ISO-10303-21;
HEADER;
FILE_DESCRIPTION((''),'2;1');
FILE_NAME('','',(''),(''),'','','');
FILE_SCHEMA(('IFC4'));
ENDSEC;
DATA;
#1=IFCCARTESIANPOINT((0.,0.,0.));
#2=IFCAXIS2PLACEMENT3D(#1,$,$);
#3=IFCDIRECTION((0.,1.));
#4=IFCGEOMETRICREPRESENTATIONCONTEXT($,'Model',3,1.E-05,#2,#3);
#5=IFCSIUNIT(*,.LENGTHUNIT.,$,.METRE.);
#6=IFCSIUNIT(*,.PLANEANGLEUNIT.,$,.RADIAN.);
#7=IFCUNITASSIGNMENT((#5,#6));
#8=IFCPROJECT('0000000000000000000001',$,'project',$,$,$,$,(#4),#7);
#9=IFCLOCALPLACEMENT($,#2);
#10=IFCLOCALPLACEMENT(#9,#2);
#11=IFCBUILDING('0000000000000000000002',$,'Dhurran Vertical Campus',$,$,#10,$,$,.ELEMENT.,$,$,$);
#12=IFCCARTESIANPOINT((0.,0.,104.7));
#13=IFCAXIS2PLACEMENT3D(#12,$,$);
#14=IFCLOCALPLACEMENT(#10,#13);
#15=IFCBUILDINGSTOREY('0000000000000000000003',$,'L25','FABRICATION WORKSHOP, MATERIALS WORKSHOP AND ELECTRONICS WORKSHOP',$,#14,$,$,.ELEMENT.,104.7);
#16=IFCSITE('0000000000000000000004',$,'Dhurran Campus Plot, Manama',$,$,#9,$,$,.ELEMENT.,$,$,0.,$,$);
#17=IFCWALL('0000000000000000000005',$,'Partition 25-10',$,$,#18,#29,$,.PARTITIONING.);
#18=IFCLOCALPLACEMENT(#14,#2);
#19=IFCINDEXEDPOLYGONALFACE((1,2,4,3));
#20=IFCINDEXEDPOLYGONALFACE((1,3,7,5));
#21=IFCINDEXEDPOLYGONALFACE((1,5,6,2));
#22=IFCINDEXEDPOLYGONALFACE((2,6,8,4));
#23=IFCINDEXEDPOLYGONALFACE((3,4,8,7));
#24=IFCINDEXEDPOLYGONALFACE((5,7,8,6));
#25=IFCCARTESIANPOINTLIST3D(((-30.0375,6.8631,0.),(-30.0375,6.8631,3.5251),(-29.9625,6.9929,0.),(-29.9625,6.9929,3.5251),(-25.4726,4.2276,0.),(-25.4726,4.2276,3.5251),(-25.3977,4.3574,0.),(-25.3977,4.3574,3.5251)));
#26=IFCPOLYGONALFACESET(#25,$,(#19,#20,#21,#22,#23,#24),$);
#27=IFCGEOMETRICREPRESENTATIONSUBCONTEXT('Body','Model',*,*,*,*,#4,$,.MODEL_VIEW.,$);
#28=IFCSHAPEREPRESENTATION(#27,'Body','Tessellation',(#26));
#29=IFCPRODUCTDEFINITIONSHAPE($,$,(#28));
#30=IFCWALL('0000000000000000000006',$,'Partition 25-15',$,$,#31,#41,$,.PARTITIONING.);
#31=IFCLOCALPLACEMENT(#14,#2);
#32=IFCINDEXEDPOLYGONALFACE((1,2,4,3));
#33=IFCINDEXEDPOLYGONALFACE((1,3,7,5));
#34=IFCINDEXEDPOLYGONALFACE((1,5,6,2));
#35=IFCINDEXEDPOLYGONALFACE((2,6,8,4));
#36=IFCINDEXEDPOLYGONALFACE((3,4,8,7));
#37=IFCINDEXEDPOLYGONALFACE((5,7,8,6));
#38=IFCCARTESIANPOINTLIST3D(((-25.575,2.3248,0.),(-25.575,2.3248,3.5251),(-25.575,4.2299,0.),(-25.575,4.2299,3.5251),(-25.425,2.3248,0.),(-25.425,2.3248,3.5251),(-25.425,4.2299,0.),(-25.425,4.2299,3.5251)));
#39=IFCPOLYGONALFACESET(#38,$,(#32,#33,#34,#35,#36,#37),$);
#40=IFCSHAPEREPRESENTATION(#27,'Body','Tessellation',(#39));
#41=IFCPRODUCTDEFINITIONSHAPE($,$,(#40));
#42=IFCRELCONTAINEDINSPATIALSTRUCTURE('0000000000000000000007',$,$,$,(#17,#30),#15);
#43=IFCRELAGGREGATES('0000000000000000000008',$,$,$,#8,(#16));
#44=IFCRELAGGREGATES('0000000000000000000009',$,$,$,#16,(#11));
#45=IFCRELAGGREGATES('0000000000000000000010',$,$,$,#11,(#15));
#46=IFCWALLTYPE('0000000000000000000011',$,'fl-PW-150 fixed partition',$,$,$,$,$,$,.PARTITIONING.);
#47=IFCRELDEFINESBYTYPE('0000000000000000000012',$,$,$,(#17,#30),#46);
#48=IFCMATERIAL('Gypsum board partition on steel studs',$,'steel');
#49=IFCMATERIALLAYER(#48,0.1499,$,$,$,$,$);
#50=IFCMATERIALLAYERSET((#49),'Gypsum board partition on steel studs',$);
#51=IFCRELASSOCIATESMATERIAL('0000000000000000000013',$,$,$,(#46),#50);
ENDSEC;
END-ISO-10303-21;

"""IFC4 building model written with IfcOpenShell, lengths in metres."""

from ifc_helpers import new_model, si_unit, direction, frame, frame_2d, origin, place, context, subcontext, project, spatial, rectangle, extrude, material, layer, layer_set, type_object, element, save


model = new_model("IFC4")

# Units and contexts
model_context = context("Model", 3, precision=1e-05, world=origin(), true_north=direction((0.0, 1.0)))
body_context = subcontext(model_context, "Body", "Model", "MODEL_VIEW")
ifc_project = project(units=[si_unit("LENGTHUNIT", "METRE"), si_unit("PLANEANGLEUNIT", "RADIAN")], contexts=[model_context])

# Site, building, storey
site_placement = place(None, origin())
site = spatial("IfcSite", under=ifc_project, at=site_placement, Name="Dhurran Campus Plot, Manama", CompositionType="ELEMENT", RefElevation=0.0)
building_placement = place(site_placement, origin())
building = spatial("IfcBuilding", under=site, at=building_placement, Name="Dhurran Vertical Campus", CompositionType="ELEMENT")
storey_placement = place(building_placement, frame((0.0, 0.0, 104.7)))
storey = spatial("IfcBuildingStorey", under=building, at=storey_placement, Name="L25", Description="FABRICATION WORKSHOP, MATERIALS WORKSHOP AND ELECTRONICS WORKSHOP", CompositionType="ELEMENT", Elevation=104.7)

# Walls
ifc_material_1 = material(Name="Gypsum board partition on steel studs", Category="steel")
ifc_layer_1 = layer(ifc_material_1, 0.1499)
ifc_layer_set_1 = layer_set([ifc_layer_1], Name="Gypsum board partition on steel studs")
wall_type_1 = type_object("IfcWallType", Name="fl-PW-150 fixed partition", PredefinedType="PARTITIONING", material=ifc_layer_set_1)
wall_1_placement = place(storey_placement, frame((-30.0, 6.928, 0.0), z_axis=(0.0, 0.0, 1.0), x_axis=(0.866031, -0.49999, 0.0)))
element("IfcWall", 1, at=wall_1_placement, inside=storey, type_object=wall_type_1, Name="Partition 25-10", PredefinedType="PARTITIONING", context=body_context, shape_type="SweptSolid", body=[
    extrude(rectangle(XDim=5.271, YDim=0.1499, at=frame_2d((2.6355, 0.0))), origin(), (0.0, 0.0, 1.0), 3.5251),
])
wall_2_placement = place(storey_placement, frame((-25.5, 4.23, 0.0), z_axis=(0.0, 0.0, 1.0), x_axis=(0.0, -1.0, 0.0)))
element("IfcWall", 2, at=wall_2_placement, inside=storey, type_object=wall_type_1, Name="Partition 25-15", PredefinedType="PARTITIONING", context=body_context, shape_type="SweptSolid", body=[
    extrude(rectangle(XDim=1.905, YDim=0.1499, at=frame_2d((0.9526, 0.0))), origin(), (0.0, 0.0, 1.0), 3.5251),
])

save(model, "model.ifc")
